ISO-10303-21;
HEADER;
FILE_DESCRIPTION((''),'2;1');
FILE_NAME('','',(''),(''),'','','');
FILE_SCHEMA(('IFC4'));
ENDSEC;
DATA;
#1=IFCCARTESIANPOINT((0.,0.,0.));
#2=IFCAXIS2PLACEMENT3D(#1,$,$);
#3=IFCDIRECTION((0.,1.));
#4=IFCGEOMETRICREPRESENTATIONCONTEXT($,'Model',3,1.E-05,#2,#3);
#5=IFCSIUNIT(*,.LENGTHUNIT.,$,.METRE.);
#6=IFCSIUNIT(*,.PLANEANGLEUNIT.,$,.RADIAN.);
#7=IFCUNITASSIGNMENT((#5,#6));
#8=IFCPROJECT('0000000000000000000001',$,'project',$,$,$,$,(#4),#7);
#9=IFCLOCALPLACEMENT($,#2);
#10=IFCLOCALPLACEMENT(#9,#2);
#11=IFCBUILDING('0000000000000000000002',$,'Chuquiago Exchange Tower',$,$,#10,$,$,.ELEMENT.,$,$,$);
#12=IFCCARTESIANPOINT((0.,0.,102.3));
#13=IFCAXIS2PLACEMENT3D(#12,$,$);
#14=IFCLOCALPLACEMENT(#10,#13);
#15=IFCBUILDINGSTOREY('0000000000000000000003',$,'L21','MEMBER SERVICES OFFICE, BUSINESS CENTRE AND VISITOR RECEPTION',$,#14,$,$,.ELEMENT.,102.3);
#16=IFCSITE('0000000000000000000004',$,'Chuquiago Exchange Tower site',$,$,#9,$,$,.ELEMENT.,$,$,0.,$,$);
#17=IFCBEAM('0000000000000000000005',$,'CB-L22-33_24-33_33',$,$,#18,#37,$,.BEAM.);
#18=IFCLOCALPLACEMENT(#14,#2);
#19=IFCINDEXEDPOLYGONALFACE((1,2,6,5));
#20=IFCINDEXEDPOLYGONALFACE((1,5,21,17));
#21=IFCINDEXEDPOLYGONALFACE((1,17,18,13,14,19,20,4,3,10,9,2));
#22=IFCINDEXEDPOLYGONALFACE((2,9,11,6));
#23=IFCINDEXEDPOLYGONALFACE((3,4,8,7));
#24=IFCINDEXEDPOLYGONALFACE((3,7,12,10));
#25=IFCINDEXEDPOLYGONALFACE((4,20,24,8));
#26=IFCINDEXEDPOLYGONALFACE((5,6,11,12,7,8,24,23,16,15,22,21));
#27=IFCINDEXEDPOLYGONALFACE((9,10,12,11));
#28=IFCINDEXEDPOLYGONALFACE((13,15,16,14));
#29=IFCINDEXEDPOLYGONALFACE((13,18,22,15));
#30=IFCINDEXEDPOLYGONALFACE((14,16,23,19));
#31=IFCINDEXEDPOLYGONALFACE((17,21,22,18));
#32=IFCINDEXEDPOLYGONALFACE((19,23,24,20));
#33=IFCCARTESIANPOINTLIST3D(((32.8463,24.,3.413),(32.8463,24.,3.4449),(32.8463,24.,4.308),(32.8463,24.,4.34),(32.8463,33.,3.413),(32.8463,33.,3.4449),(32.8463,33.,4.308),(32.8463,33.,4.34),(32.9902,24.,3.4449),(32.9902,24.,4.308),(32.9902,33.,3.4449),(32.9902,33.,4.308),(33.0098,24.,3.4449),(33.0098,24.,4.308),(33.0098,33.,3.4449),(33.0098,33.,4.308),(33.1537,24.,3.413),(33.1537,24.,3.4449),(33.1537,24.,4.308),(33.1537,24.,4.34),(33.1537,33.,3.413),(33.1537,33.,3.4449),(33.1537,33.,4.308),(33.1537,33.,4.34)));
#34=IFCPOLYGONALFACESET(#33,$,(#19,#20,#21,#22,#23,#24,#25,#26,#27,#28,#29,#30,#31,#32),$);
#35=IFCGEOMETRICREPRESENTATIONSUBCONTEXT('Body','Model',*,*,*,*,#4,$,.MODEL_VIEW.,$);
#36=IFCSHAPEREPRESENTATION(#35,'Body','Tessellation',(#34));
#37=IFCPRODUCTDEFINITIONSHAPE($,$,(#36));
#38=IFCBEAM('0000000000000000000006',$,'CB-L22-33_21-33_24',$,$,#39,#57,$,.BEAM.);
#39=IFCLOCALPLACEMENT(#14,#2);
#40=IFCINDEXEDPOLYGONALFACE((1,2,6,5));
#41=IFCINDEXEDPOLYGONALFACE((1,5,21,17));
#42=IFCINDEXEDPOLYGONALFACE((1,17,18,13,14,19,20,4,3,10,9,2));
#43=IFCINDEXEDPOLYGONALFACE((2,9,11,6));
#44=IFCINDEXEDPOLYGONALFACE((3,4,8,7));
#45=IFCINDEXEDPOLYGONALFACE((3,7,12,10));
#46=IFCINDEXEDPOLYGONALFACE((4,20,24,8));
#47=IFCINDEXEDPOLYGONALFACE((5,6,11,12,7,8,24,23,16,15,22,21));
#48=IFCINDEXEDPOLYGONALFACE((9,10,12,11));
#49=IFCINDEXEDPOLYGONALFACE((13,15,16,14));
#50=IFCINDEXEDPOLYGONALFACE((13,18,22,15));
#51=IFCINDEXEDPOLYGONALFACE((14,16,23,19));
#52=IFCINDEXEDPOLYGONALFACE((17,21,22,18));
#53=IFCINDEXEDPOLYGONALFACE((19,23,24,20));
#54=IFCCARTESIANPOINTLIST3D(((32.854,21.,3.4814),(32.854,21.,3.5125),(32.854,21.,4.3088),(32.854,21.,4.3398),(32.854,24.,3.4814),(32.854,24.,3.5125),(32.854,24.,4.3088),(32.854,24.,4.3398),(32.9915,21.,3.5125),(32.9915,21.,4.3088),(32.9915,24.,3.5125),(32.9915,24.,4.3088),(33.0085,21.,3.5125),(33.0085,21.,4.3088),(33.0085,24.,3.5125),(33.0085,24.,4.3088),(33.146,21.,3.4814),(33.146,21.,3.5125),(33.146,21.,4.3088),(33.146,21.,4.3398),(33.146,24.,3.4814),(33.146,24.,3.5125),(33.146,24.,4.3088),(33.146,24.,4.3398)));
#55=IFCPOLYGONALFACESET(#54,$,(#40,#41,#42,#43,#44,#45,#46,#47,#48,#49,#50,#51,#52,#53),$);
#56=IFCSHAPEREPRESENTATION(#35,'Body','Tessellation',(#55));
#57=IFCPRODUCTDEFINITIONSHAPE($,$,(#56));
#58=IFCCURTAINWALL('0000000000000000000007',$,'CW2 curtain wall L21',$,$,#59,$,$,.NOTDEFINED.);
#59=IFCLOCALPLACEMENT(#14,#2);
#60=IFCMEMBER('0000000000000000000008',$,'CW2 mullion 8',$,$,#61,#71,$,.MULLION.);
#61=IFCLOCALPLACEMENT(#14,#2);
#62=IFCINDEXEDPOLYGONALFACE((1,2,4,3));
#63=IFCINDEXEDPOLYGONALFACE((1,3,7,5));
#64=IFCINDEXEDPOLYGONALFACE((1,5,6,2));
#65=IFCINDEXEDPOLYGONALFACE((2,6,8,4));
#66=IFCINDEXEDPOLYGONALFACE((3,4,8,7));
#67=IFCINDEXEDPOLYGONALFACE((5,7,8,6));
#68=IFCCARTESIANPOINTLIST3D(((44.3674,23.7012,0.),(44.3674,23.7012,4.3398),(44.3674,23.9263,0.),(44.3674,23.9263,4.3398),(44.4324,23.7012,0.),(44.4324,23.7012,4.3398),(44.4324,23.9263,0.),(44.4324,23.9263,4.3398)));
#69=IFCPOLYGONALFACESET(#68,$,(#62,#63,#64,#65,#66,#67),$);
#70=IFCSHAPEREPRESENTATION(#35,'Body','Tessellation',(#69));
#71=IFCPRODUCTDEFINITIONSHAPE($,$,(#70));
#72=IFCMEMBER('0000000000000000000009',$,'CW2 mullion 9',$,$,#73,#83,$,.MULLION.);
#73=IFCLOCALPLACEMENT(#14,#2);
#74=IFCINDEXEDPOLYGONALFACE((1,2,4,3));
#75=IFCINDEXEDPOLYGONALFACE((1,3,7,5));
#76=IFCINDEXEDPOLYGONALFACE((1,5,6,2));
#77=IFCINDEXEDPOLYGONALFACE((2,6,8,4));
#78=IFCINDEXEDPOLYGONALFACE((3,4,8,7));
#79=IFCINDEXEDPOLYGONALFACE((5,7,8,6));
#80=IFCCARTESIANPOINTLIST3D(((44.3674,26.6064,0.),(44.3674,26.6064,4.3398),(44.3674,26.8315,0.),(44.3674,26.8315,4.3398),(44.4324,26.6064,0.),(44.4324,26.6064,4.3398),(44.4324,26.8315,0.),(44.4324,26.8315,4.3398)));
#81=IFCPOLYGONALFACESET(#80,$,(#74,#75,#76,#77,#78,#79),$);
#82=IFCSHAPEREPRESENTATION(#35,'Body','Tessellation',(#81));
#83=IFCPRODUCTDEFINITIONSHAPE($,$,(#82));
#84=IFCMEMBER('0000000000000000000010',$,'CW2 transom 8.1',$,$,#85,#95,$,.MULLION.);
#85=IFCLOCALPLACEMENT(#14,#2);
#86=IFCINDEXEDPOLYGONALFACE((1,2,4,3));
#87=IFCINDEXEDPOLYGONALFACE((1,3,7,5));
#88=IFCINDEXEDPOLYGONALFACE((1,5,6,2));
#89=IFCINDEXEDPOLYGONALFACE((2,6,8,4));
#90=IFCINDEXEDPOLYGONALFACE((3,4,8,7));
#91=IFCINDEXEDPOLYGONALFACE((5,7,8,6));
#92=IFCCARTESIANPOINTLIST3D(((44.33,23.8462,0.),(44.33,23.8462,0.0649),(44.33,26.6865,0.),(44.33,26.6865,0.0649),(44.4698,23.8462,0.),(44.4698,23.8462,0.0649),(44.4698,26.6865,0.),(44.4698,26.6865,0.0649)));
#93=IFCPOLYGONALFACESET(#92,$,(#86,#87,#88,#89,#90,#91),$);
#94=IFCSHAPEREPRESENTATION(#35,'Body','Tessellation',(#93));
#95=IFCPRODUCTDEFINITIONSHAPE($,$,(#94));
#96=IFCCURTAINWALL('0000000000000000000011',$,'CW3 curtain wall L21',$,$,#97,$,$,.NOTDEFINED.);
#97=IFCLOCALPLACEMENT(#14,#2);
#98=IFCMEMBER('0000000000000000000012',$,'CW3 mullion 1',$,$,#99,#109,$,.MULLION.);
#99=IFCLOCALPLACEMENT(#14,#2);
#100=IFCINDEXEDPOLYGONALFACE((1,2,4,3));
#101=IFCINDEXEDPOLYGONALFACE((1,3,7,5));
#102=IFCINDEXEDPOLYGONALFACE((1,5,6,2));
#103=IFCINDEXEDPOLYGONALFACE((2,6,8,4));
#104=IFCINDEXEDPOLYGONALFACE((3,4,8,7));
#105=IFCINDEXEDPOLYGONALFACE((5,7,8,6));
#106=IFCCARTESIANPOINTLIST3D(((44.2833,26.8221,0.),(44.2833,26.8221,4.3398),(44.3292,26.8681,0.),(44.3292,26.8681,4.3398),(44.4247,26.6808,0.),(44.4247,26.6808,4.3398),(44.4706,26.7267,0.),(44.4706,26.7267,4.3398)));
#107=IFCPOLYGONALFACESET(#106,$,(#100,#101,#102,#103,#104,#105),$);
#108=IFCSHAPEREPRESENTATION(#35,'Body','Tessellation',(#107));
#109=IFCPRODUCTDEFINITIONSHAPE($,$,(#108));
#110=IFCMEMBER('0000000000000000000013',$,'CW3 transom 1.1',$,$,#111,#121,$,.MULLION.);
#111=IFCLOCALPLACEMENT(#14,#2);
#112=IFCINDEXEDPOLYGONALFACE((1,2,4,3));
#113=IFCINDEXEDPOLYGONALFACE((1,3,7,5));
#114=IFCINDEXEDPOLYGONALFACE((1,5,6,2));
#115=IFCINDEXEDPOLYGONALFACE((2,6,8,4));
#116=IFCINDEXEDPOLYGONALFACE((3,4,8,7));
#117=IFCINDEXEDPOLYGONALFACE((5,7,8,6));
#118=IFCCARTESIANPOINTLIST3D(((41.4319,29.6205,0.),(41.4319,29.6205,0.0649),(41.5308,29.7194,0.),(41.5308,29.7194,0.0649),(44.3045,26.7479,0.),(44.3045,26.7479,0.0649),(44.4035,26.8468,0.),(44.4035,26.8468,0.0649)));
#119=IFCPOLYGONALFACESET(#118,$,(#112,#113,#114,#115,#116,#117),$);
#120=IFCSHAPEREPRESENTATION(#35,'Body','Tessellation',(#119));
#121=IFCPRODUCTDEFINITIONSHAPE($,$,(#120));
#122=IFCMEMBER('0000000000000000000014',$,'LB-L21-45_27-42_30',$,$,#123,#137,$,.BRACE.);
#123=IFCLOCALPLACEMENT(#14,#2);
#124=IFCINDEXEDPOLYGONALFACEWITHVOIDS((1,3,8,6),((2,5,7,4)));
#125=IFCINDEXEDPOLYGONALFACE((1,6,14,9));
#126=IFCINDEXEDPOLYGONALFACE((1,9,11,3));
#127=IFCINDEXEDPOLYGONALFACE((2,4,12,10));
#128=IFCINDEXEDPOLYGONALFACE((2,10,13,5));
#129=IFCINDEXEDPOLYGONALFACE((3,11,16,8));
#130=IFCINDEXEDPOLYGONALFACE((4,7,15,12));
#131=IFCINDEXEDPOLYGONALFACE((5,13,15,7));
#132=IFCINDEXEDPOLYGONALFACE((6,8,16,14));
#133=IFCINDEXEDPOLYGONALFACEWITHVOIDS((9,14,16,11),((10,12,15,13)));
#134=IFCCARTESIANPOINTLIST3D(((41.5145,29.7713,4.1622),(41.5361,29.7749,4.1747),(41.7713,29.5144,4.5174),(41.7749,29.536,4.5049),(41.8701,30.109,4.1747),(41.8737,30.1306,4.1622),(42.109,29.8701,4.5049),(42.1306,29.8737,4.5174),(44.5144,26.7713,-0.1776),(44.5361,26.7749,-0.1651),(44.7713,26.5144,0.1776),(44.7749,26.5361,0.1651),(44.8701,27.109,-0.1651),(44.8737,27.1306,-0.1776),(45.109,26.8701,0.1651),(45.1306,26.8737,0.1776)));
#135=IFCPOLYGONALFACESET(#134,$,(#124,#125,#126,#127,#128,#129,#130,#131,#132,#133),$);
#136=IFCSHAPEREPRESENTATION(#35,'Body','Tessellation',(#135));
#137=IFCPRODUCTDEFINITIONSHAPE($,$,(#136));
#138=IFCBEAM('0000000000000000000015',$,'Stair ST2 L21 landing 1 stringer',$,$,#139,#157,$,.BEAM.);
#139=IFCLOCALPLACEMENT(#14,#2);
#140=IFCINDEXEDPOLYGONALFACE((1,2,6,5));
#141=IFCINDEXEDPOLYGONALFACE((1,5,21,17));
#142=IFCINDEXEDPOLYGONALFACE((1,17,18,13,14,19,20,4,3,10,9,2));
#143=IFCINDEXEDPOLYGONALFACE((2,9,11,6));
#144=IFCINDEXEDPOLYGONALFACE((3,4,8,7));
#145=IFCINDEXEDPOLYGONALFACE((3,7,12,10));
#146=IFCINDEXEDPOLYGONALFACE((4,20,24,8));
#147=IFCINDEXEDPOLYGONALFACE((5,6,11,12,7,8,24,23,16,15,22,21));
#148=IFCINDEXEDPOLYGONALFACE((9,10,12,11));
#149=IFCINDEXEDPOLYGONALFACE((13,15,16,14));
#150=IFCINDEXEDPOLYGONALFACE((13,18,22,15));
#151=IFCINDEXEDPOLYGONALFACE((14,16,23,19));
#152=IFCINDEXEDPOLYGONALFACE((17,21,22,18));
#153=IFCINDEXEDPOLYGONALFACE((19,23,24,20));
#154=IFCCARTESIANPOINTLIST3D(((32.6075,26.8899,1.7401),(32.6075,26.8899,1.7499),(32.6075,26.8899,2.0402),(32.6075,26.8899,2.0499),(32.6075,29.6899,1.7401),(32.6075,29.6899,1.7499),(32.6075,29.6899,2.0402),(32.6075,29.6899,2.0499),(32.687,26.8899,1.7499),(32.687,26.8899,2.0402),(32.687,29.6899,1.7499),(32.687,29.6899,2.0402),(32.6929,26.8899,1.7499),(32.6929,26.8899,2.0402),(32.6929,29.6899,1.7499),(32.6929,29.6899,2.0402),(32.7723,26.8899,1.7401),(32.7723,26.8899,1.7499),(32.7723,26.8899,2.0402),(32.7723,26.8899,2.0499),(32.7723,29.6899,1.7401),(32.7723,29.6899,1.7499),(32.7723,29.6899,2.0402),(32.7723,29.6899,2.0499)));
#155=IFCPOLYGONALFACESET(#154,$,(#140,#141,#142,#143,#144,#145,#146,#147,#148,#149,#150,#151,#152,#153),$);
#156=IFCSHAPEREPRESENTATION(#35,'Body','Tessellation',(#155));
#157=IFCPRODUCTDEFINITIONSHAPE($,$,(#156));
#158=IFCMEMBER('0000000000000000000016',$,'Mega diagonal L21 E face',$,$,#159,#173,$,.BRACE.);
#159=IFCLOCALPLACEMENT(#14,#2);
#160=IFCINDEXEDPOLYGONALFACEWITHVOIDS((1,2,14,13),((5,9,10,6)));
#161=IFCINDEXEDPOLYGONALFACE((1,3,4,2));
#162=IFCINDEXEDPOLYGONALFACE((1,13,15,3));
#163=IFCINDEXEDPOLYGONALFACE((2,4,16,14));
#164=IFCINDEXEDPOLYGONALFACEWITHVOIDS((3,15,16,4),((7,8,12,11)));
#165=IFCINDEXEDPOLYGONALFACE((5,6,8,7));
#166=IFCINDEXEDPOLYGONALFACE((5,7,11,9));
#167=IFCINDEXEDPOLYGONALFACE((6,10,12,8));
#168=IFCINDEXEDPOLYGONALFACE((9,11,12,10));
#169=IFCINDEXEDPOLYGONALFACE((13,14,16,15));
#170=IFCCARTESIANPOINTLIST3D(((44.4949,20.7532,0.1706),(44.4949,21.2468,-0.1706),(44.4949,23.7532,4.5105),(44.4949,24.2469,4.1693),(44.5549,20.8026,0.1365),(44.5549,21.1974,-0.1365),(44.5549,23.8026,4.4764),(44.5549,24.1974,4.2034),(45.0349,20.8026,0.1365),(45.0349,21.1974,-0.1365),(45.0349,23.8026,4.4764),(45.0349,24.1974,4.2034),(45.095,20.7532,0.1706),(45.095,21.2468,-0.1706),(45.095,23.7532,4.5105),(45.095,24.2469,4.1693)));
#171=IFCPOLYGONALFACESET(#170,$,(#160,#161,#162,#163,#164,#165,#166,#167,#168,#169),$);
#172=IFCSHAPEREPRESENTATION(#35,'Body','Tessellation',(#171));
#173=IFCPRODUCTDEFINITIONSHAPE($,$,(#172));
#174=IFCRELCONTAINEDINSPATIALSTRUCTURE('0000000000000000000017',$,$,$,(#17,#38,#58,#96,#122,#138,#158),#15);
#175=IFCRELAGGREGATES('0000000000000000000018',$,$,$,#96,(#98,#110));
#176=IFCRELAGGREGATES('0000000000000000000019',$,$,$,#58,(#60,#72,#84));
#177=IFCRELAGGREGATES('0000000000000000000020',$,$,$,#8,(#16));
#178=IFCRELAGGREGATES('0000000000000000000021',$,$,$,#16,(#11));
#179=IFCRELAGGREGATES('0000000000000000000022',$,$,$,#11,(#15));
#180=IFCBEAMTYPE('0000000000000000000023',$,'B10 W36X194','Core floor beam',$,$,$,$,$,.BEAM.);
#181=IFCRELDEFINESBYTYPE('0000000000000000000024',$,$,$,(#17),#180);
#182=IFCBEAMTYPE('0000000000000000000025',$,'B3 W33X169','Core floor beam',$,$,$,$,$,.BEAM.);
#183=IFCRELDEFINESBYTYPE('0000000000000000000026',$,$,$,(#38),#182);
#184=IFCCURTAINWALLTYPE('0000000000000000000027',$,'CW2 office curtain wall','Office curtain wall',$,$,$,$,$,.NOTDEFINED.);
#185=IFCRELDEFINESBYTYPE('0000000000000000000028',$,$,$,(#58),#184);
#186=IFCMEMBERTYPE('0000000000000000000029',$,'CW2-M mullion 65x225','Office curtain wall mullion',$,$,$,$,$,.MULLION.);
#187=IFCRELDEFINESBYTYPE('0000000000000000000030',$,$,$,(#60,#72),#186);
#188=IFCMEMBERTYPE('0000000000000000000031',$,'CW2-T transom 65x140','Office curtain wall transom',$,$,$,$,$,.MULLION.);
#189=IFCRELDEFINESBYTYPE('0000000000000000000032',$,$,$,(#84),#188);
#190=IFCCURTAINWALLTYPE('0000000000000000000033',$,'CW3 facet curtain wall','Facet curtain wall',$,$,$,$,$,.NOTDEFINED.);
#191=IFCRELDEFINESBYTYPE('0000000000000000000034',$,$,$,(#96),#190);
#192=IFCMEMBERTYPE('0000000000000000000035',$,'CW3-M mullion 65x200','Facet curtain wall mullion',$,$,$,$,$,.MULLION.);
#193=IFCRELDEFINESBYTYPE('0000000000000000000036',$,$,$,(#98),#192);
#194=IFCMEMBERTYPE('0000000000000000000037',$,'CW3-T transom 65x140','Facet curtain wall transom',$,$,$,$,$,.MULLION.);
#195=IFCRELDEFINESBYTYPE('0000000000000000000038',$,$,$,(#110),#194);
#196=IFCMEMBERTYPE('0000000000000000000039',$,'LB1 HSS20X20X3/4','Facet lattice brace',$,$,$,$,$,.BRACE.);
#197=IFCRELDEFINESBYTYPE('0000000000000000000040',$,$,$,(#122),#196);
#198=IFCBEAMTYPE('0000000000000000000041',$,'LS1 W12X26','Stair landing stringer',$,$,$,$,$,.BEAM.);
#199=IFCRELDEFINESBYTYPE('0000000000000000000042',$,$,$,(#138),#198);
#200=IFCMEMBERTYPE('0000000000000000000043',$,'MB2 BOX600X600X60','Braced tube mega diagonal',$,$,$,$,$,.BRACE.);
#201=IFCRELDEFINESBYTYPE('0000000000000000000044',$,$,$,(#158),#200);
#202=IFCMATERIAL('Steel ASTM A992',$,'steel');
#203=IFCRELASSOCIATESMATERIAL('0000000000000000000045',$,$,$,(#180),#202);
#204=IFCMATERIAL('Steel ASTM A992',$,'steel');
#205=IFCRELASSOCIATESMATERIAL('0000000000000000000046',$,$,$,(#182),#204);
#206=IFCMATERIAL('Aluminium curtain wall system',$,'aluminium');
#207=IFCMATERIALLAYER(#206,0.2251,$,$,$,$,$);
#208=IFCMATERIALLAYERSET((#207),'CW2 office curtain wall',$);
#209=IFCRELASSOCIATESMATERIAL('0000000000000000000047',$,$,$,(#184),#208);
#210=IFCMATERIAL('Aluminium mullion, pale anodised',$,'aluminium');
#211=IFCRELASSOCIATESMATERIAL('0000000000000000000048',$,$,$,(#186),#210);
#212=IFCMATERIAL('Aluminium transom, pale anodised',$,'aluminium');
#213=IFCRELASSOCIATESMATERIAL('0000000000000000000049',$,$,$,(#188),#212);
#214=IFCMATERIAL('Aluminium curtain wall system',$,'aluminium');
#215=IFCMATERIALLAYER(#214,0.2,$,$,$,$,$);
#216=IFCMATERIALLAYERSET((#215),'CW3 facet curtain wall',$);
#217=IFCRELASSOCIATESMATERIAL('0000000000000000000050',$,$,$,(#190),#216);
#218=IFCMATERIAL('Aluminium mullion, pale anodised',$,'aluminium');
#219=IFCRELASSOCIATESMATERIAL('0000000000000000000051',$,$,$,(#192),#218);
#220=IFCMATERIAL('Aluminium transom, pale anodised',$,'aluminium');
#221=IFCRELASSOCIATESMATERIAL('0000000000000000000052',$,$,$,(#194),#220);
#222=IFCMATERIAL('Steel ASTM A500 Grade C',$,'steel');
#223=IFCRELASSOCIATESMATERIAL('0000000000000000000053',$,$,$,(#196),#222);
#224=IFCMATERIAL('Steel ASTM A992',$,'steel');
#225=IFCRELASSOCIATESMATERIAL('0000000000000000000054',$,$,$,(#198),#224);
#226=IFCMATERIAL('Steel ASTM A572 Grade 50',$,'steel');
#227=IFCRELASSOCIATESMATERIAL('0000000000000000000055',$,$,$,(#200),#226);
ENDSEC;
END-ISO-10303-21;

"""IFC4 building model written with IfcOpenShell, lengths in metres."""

from ifc_helpers import new_model, si_unit, direction, frame, origin, origin_2d, place, context, subcontext, project, spatial, rectangle, hollow_rectangle, i_section, extrude, material, layer, layer_set, material_profile, profile_set, type_object, element, aggregate, save


model = new_model("IFC4")

# Units and contexts
model_context = context("Model", 3, precision=1e-05, world=origin(), true_north=direction((0.0, 1.0)))
body_context = subcontext(model_context, "Body", "Model", "MODEL_VIEW")
ifc_project = project(units=[si_unit("LENGTHUNIT", "METRE"), si_unit("PLANEANGLEUNIT", "RADIAN")], contexts=[model_context])

# Site, building, storey
site_placement = place(None, origin())
site = spatial("IfcSite", under=ifc_project, at=site_placement, Name="Chuquiago Exchange Tower site", CompositionType="ELEMENT", RefElevation=0.0)
building_placement = place(site_placement, origin())
building = spatial("IfcBuilding", under=site, at=building_placement, Name="Chuquiago Exchange Tower", CompositionType="ELEMENT")
storey_placement = place(building_placement, frame((0.0, 0.0, 102.3)))
storey = spatial("IfcBuildingStorey", under=building, at=storey_placement, Name="L21", Description="MEMBER SERVICES OFFICE, BUSINESS CENTRE AND VISITOR RECEPTION", CompositionType="ELEMENT", Elevation=102.3)

# Beams
ifc_material_1 = material(Name="Steel ASTM A992", Category="steel")
ifc_material_profile_1 = material_profile(ifc_material_1, i_section(OverallWidth=0.3074, OverallDepth=0.927, WebThickness=0.0195, FlangeThickness=0.032, at=origin_2d()), Name="W36X194")
ifc_profile_set_1 = profile_set([ifc_material_profile_1], Name="Steel ASTM A992")
beam_type_1 = type_object("IfcBeamType", Name="B10 W36X194", Description="Core floor beam", PredefinedType="BEAM", material=ifc_profile_set_1)
beam_1_placement = place(storey_placement, frame((33.0, 24.0, 3.8765), z_axis=(0.0, 1.0, 0.0), x_axis=(-1.0, 0.0, 0.0)))
element("IfcBeam", 1, at=beam_1_placement, inside=storey, type_object=beam_type_1, Name="CB-L22-33_24-33_33", PredefinedType="BEAM", context=body_context, shape_type="SweptSolid", body=[
    extrude(i_section(OverallWidth=0.3074, OverallDepth=0.927, WebThickness=0.0195, FlangeThickness=0.032, at=origin_2d()), origin(), (0.0, 0.0, 1.0), 9.0),
])
ifc_material_2 = material(Name="Steel ASTM A992", Category="steel")
ifc_material_profile_2 = material_profile(ifc_material_2, i_section(OverallWidth=0.292, OverallDepth=0.8584, WebThickness=0.0171, FlangeThickness=0.031, at=origin_2d()), Name="W33X169")
ifc_profile_set_2 = profile_set([ifc_material_profile_2], Name="Steel ASTM A992")
beam_type_2 = type_object("IfcBeamType", Name="B3 W33X169", Description="Core floor beam", PredefinedType="BEAM", material=ifc_profile_set_2)
beam_2_placement = place(storey_placement, frame((33.0, 21.0, 3.9106), z_axis=(0.0, 1.0, 0.0), x_axis=(-1.0, 0.0, 0.0)))
element("IfcBeam", 2, at=beam_2_placement, inside=storey, type_object=beam_type_2, Name="CB-L22-33_21-33_24", PredefinedType="BEAM", context=body_context, shape_type="SweptSolid", body=[
    extrude(i_section(OverallWidth=0.292, OverallDepth=0.8584, WebThickness=0.0171, FlangeThickness=0.031, at=origin_2d()), origin(), (0.0, 0.0, 1.0), 3.0),
])

# Curtain walls, members
ifc_material_3 = material(Name="Aluminium curtain wall system", Category="aluminium")
ifc_layer_1 = layer(ifc_material_3, 0.2251)
ifc_layer_set_1 = layer_set([ifc_layer_1], Name="CW2 office curtain wall")
curtain_wall_type_1 = type_object("IfcCurtainWallType", Name="CW2 office curtain wall", Description="Office curtain wall", PredefinedType="NOTDEFINED", material=ifc_layer_set_1)
curtain_wall_1_placement = place(storey_placement, origin())
curtain_wall_1 = element("IfcCurtainWall", 3, at=curtain_wall_1_placement, inside=storey, type_object=curtain_wall_type_1, Name="CW2 curtain wall L21", PredefinedType="NOTDEFINED")
ifc_material_4 = material(Name="Aluminium mullion, pale anodised", Category="aluminium")
ifc_material_profile_3 = material_profile(ifc_material_4, rectangle(XDim=0.0649, YDim=0.2251, at=origin_2d()), Name="AL 65x225")
ifc_profile_set_3 = profile_set([ifc_material_profile_3], Name="Aluminium mullion, pale anodised")
member_type_1 = type_object("IfcMemberType", Name="CW2-M mullion 65x225", Description="Office curtain wall mullion", PredefinedType="MULLION", material=ifc_profile_set_3)
member_1_placement = place(storey_placement, frame((44.3999, 23.8137, 0.0), z_axis=(0.0, 0.0, 1.0), x_axis=(-1.0, 0.0, 0.0)))
member_1 = element("IfcMember", 4, at=member_1_placement, type_object=member_type_1, Name="CW2 mullion 8", PredefinedType="MULLION", context=body_context, shape_type="SweptSolid", body=[
    extrude(rectangle(XDim=0.0649, YDim=0.2251, at=origin_2d()), origin(), (0.0, 0.0, 1.0), 4.3398),
])
member_2_placement = place(storey_placement, frame((44.3999, 26.719, 0.0), z_axis=(0.0, 0.0, 1.0), x_axis=(-1.0, 0.0, 0.0)))
member_2 = element("IfcMember", 5, at=member_2_placement, type_object=member_type_1, Name="CW2 mullion 9", PredefinedType="MULLION", context=body_context, shape_type="SweptSolid", body=[
    extrude(rectangle(XDim=0.0649, YDim=0.2251, at=origin_2d()), origin(), (0.0, 0.0, 1.0), 4.3398),
])
ifc_material_5 = material(Name="Aluminium transom, pale anodised", Category="aluminium")
ifc_material_profile_4 = material_profile(ifc_material_5, rectangle(XDim=0.1399, YDim=0.0649, at=origin_2d()), Name="AL 140x65")
ifc_profile_set_4 = profile_set([ifc_material_profile_4], Name="Aluminium transom, pale anodised")
member_type_2 = type_object("IfcMemberType", Name="CW2-T transom 65x140", Description="Office curtain wall transom", PredefinedType="MULLION", material=ifc_profile_set_4)
member_3_placement = place(storey_placement, frame((44.3999, 23.8462, 0.0325), z_axis=(0.0, 1.0, 0.0), x_axis=(-1.0, 0.0, 0.0)))
member_3 = element("IfcMember", 6, at=member_3_placement, type_object=member_type_2, Name="CW2 transom 8.1", PredefinedType="MULLION", context=body_context, shape_type="SweptSolid", body=[
    extrude(rectangle(XDim=0.1399, YDim=0.0649, at=origin_2d()), origin(), (0.0, 0.0, 1.0), 2.8403),
])
ifc_material_6 = material(Name="Aluminium curtain wall system", Category="aluminium")
ifc_layer_2 = layer(ifc_material_6, 0.2)
ifc_layer_set_2 = layer_set([ifc_layer_2], Name="CW3 facet curtain wall")
curtain_wall_type_2 = type_object("IfcCurtainWallType", Name="CW3 facet curtain wall", Description="Facet curtain wall", PredefinedType="NOTDEFINED", material=ifc_layer_set_2)
curtain_wall_2_placement = place(storey_placement, origin())
curtain_wall_2 = element("IfcCurtainWall", 7, at=curtain_wall_2_placement, inside=storey, type_object=curtain_wall_type_2, Name="CW3 curtain wall L21", PredefinedType="NOTDEFINED")
ifc_material_7 = material(Name="Aluminium mullion, pale anodised", Category="aluminium")
ifc_material_profile_5 = material_profile(ifc_material_7, rectangle(XDim=0.0649, YDim=0.2, at=origin_2d()), Name="AL 65x200")
ifc_profile_set_5 = profile_set([ifc_material_profile_5], Name="Aluminium mullion, pale anodised")
member_type_3 = type_object("IfcMemberType", Name="CW3-M mullion 65x200", Description="Facet curtain wall mullion", PredefinedType="MULLION", material=ifc_profile_set_5)
member_4_placement = place(storey_placement, frame((44.377, 26.7744, 0.0), z_axis=(0.0, 0.0, 1.0), x_axis=(-0.707107, -0.707107, 0.0)))
member_4 = element("IfcMember", 8, at=member_4_placement, type_object=member_type_3, Name="CW3 mullion 1", PredefinedType="MULLION", context=body_context, shape_type="SweptSolid", body=[
    extrude(rectangle(XDim=0.0649, YDim=0.2, at=origin_2d()), origin(), (0.0, 0.0, 1.0), 4.3398),
])
ifc_material_8 = material(Name="Aluminium transom, pale anodised", Category="aluminium")
ifc_material_profile_6 = material_profile(ifc_material_8, rectangle(XDim=0.1399, YDim=0.0649, at=origin_2d()), Name="AL 140x65")
ifc_profile_set_6 = profile_set([ifc_material_profile_6], Name="Aluminium transom, pale anodised")
member_type_4 = type_object("IfcMemberType", Name="CW3-T transom 65x140", Description="Facet curtain wall transom", PredefinedType="MULLION", material=ifc_profile_set_6)
member_5_placement = place(storey_placement, frame((44.354, 26.7974, 0.0325), z_axis=(-0.707107, 0.707107, 0.0), x_axis=(-0.707107, -0.707107, 0.0)))
member_5 = element("IfcMember", 9, at=member_5_placement, type_object=member_type_4, Name="CW3 transom 1.1", PredefinedType="MULLION", context=body_context, shape_type="SweptSolid", body=[
    extrude(rectangle(XDim=0.1399, YDim=0.0649, at=origin_2d()), origin(), (0.0, 0.0, 1.0), 4.0625),
])
aggregate(curtain_wall_2, [member_4, member_5])

# Member
ifc_material_9 = material(Name="Steel ASTM A500 Grade C", Category="steel")
ifc_material_profile_7 = material_profile(ifc_material_9, hollow_rectangle(XDim=0.5081, YDim=0.5081, WallThickness=0.0178, at=origin_2d()), Name="HSS20X20X3/4")
ifc_profile_set_7 = profile_set([ifc_material_profile_7], Name="Steel ASTM A500 Grade C")
member_type_5 = type_object("IfcMemberType", Name="LB1 HSS20X20X3/4", Description="Facet lattice brace", PredefinedType="BRACE", material=ifc_profile_set_7)
member_6_placement = place(storey_placement, frame((44.8225, 26.8225, 0.0), z_axis=(-0.494305, 0.494305, 0.715069), x_axis=(-0.707107, -0.707107, 0.0)))
element("IfcMember", 10, at=member_6_placement, inside=storey, type_object=member_type_5, Name="LB-L21-45_27-42_30", PredefinedType="BRACE", context=body_context, shape_type="SweptSolid", body=[
    extrude(hollow_rectangle(XDim=0.5081, YDim=0.5081, WallThickness=0.0178, at=origin_2d()), origin(), (0.0, 0.0, 1.0), 6.0691),
])

# Beam
ifc_material_10 = material(Name="Steel ASTM A992", Category="steel")
ifc_material_profile_8 = material_profile(ifc_material_10, i_section(OverallWidth=0.1648, OverallDepth=0.3098, WebThickness=0.0059, FlangeThickness=0.0098, at=origin_2d()), Name="W12X26")
ifc_profile_set_8 = profile_set([ifc_material_profile_8], Name="Steel ASTM A992")
beam_type_3 = type_object("IfcBeamType", Name="LS1 W12X26", Description="Stair landing stringer", PredefinedType="BEAM", material=ifc_profile_set_8)
beam_3_placement = place(storey_placement, frame((32.6899, 26.8899, 1.895), z_axis=(0.0, 1.0, 0.0), x_axis=(-1.0, 0.0, 0.0)))
element("IfcBeam", 11, at=beam_3_placement, inside=storey, type_object=beam_type_3, Name="Stair ST2 L21 landing 1 stringer", PredefinedType="BEAM", context=body_context, shape_type="SweptSolid", body=[
    extrude(i_section(OverallWidth=0.1648, OverallDepth=0.3098, WebThickness=0.0059, FlangeThickness=0.0098, at=origin_2d()), origin(), (0.0, 0.0, 1.0), 2.8),
])

# Member
ifc_material_11 = material(Name="Steel ASTM A572 Grade 50", Category="steel")
ifc_material_profile_9 = material_profile(ifc_material_11, hollow_rectangle(XDim=0.6001, YDim=0.6001, WallThickness=0.0601, at=origin_2d()), Name="BOX600X600X60")
ifc_profile_set_9 = profile_set([ifc_material_profile_9], Name="Steel ASTM A572 Grade 50")
member_type_6 = type_object("IfcMemberType", Name="MB2 BOX600X600X60", Description="Braced tube mega diagonal", PredefinedType="BRACE", material=ifc_profile_set_9)
for number, where, z_axis, x_axis, name in (
    (12, (44.7949, 21.0, 0.0), (0.0, 0.568632, 0.822592), (-1.0, 0.0, 0.0), "Mega diagonal L21 E face"),
):
    element("IfcMember", number, at=place(storey_placement, frame(where, z_axis=z_axis, x_axis=x_axis)), inside=storey, type_object=member_type_6, Name=name, PredefinedType="BRACE", context=body_context, shape_type="SweptSolid", body=[
        extrude(hollow_rectangle(XDim=0.6001, YDim=0.6001, WallThickness=0.0601, at=origin_2d()), origin(), (0.0, 0.0, 1.0), 5.2759),
    ])

aggregate(curtain_wall_1, [member_1, member_2, member_3])

save(model, "model.ifc")
